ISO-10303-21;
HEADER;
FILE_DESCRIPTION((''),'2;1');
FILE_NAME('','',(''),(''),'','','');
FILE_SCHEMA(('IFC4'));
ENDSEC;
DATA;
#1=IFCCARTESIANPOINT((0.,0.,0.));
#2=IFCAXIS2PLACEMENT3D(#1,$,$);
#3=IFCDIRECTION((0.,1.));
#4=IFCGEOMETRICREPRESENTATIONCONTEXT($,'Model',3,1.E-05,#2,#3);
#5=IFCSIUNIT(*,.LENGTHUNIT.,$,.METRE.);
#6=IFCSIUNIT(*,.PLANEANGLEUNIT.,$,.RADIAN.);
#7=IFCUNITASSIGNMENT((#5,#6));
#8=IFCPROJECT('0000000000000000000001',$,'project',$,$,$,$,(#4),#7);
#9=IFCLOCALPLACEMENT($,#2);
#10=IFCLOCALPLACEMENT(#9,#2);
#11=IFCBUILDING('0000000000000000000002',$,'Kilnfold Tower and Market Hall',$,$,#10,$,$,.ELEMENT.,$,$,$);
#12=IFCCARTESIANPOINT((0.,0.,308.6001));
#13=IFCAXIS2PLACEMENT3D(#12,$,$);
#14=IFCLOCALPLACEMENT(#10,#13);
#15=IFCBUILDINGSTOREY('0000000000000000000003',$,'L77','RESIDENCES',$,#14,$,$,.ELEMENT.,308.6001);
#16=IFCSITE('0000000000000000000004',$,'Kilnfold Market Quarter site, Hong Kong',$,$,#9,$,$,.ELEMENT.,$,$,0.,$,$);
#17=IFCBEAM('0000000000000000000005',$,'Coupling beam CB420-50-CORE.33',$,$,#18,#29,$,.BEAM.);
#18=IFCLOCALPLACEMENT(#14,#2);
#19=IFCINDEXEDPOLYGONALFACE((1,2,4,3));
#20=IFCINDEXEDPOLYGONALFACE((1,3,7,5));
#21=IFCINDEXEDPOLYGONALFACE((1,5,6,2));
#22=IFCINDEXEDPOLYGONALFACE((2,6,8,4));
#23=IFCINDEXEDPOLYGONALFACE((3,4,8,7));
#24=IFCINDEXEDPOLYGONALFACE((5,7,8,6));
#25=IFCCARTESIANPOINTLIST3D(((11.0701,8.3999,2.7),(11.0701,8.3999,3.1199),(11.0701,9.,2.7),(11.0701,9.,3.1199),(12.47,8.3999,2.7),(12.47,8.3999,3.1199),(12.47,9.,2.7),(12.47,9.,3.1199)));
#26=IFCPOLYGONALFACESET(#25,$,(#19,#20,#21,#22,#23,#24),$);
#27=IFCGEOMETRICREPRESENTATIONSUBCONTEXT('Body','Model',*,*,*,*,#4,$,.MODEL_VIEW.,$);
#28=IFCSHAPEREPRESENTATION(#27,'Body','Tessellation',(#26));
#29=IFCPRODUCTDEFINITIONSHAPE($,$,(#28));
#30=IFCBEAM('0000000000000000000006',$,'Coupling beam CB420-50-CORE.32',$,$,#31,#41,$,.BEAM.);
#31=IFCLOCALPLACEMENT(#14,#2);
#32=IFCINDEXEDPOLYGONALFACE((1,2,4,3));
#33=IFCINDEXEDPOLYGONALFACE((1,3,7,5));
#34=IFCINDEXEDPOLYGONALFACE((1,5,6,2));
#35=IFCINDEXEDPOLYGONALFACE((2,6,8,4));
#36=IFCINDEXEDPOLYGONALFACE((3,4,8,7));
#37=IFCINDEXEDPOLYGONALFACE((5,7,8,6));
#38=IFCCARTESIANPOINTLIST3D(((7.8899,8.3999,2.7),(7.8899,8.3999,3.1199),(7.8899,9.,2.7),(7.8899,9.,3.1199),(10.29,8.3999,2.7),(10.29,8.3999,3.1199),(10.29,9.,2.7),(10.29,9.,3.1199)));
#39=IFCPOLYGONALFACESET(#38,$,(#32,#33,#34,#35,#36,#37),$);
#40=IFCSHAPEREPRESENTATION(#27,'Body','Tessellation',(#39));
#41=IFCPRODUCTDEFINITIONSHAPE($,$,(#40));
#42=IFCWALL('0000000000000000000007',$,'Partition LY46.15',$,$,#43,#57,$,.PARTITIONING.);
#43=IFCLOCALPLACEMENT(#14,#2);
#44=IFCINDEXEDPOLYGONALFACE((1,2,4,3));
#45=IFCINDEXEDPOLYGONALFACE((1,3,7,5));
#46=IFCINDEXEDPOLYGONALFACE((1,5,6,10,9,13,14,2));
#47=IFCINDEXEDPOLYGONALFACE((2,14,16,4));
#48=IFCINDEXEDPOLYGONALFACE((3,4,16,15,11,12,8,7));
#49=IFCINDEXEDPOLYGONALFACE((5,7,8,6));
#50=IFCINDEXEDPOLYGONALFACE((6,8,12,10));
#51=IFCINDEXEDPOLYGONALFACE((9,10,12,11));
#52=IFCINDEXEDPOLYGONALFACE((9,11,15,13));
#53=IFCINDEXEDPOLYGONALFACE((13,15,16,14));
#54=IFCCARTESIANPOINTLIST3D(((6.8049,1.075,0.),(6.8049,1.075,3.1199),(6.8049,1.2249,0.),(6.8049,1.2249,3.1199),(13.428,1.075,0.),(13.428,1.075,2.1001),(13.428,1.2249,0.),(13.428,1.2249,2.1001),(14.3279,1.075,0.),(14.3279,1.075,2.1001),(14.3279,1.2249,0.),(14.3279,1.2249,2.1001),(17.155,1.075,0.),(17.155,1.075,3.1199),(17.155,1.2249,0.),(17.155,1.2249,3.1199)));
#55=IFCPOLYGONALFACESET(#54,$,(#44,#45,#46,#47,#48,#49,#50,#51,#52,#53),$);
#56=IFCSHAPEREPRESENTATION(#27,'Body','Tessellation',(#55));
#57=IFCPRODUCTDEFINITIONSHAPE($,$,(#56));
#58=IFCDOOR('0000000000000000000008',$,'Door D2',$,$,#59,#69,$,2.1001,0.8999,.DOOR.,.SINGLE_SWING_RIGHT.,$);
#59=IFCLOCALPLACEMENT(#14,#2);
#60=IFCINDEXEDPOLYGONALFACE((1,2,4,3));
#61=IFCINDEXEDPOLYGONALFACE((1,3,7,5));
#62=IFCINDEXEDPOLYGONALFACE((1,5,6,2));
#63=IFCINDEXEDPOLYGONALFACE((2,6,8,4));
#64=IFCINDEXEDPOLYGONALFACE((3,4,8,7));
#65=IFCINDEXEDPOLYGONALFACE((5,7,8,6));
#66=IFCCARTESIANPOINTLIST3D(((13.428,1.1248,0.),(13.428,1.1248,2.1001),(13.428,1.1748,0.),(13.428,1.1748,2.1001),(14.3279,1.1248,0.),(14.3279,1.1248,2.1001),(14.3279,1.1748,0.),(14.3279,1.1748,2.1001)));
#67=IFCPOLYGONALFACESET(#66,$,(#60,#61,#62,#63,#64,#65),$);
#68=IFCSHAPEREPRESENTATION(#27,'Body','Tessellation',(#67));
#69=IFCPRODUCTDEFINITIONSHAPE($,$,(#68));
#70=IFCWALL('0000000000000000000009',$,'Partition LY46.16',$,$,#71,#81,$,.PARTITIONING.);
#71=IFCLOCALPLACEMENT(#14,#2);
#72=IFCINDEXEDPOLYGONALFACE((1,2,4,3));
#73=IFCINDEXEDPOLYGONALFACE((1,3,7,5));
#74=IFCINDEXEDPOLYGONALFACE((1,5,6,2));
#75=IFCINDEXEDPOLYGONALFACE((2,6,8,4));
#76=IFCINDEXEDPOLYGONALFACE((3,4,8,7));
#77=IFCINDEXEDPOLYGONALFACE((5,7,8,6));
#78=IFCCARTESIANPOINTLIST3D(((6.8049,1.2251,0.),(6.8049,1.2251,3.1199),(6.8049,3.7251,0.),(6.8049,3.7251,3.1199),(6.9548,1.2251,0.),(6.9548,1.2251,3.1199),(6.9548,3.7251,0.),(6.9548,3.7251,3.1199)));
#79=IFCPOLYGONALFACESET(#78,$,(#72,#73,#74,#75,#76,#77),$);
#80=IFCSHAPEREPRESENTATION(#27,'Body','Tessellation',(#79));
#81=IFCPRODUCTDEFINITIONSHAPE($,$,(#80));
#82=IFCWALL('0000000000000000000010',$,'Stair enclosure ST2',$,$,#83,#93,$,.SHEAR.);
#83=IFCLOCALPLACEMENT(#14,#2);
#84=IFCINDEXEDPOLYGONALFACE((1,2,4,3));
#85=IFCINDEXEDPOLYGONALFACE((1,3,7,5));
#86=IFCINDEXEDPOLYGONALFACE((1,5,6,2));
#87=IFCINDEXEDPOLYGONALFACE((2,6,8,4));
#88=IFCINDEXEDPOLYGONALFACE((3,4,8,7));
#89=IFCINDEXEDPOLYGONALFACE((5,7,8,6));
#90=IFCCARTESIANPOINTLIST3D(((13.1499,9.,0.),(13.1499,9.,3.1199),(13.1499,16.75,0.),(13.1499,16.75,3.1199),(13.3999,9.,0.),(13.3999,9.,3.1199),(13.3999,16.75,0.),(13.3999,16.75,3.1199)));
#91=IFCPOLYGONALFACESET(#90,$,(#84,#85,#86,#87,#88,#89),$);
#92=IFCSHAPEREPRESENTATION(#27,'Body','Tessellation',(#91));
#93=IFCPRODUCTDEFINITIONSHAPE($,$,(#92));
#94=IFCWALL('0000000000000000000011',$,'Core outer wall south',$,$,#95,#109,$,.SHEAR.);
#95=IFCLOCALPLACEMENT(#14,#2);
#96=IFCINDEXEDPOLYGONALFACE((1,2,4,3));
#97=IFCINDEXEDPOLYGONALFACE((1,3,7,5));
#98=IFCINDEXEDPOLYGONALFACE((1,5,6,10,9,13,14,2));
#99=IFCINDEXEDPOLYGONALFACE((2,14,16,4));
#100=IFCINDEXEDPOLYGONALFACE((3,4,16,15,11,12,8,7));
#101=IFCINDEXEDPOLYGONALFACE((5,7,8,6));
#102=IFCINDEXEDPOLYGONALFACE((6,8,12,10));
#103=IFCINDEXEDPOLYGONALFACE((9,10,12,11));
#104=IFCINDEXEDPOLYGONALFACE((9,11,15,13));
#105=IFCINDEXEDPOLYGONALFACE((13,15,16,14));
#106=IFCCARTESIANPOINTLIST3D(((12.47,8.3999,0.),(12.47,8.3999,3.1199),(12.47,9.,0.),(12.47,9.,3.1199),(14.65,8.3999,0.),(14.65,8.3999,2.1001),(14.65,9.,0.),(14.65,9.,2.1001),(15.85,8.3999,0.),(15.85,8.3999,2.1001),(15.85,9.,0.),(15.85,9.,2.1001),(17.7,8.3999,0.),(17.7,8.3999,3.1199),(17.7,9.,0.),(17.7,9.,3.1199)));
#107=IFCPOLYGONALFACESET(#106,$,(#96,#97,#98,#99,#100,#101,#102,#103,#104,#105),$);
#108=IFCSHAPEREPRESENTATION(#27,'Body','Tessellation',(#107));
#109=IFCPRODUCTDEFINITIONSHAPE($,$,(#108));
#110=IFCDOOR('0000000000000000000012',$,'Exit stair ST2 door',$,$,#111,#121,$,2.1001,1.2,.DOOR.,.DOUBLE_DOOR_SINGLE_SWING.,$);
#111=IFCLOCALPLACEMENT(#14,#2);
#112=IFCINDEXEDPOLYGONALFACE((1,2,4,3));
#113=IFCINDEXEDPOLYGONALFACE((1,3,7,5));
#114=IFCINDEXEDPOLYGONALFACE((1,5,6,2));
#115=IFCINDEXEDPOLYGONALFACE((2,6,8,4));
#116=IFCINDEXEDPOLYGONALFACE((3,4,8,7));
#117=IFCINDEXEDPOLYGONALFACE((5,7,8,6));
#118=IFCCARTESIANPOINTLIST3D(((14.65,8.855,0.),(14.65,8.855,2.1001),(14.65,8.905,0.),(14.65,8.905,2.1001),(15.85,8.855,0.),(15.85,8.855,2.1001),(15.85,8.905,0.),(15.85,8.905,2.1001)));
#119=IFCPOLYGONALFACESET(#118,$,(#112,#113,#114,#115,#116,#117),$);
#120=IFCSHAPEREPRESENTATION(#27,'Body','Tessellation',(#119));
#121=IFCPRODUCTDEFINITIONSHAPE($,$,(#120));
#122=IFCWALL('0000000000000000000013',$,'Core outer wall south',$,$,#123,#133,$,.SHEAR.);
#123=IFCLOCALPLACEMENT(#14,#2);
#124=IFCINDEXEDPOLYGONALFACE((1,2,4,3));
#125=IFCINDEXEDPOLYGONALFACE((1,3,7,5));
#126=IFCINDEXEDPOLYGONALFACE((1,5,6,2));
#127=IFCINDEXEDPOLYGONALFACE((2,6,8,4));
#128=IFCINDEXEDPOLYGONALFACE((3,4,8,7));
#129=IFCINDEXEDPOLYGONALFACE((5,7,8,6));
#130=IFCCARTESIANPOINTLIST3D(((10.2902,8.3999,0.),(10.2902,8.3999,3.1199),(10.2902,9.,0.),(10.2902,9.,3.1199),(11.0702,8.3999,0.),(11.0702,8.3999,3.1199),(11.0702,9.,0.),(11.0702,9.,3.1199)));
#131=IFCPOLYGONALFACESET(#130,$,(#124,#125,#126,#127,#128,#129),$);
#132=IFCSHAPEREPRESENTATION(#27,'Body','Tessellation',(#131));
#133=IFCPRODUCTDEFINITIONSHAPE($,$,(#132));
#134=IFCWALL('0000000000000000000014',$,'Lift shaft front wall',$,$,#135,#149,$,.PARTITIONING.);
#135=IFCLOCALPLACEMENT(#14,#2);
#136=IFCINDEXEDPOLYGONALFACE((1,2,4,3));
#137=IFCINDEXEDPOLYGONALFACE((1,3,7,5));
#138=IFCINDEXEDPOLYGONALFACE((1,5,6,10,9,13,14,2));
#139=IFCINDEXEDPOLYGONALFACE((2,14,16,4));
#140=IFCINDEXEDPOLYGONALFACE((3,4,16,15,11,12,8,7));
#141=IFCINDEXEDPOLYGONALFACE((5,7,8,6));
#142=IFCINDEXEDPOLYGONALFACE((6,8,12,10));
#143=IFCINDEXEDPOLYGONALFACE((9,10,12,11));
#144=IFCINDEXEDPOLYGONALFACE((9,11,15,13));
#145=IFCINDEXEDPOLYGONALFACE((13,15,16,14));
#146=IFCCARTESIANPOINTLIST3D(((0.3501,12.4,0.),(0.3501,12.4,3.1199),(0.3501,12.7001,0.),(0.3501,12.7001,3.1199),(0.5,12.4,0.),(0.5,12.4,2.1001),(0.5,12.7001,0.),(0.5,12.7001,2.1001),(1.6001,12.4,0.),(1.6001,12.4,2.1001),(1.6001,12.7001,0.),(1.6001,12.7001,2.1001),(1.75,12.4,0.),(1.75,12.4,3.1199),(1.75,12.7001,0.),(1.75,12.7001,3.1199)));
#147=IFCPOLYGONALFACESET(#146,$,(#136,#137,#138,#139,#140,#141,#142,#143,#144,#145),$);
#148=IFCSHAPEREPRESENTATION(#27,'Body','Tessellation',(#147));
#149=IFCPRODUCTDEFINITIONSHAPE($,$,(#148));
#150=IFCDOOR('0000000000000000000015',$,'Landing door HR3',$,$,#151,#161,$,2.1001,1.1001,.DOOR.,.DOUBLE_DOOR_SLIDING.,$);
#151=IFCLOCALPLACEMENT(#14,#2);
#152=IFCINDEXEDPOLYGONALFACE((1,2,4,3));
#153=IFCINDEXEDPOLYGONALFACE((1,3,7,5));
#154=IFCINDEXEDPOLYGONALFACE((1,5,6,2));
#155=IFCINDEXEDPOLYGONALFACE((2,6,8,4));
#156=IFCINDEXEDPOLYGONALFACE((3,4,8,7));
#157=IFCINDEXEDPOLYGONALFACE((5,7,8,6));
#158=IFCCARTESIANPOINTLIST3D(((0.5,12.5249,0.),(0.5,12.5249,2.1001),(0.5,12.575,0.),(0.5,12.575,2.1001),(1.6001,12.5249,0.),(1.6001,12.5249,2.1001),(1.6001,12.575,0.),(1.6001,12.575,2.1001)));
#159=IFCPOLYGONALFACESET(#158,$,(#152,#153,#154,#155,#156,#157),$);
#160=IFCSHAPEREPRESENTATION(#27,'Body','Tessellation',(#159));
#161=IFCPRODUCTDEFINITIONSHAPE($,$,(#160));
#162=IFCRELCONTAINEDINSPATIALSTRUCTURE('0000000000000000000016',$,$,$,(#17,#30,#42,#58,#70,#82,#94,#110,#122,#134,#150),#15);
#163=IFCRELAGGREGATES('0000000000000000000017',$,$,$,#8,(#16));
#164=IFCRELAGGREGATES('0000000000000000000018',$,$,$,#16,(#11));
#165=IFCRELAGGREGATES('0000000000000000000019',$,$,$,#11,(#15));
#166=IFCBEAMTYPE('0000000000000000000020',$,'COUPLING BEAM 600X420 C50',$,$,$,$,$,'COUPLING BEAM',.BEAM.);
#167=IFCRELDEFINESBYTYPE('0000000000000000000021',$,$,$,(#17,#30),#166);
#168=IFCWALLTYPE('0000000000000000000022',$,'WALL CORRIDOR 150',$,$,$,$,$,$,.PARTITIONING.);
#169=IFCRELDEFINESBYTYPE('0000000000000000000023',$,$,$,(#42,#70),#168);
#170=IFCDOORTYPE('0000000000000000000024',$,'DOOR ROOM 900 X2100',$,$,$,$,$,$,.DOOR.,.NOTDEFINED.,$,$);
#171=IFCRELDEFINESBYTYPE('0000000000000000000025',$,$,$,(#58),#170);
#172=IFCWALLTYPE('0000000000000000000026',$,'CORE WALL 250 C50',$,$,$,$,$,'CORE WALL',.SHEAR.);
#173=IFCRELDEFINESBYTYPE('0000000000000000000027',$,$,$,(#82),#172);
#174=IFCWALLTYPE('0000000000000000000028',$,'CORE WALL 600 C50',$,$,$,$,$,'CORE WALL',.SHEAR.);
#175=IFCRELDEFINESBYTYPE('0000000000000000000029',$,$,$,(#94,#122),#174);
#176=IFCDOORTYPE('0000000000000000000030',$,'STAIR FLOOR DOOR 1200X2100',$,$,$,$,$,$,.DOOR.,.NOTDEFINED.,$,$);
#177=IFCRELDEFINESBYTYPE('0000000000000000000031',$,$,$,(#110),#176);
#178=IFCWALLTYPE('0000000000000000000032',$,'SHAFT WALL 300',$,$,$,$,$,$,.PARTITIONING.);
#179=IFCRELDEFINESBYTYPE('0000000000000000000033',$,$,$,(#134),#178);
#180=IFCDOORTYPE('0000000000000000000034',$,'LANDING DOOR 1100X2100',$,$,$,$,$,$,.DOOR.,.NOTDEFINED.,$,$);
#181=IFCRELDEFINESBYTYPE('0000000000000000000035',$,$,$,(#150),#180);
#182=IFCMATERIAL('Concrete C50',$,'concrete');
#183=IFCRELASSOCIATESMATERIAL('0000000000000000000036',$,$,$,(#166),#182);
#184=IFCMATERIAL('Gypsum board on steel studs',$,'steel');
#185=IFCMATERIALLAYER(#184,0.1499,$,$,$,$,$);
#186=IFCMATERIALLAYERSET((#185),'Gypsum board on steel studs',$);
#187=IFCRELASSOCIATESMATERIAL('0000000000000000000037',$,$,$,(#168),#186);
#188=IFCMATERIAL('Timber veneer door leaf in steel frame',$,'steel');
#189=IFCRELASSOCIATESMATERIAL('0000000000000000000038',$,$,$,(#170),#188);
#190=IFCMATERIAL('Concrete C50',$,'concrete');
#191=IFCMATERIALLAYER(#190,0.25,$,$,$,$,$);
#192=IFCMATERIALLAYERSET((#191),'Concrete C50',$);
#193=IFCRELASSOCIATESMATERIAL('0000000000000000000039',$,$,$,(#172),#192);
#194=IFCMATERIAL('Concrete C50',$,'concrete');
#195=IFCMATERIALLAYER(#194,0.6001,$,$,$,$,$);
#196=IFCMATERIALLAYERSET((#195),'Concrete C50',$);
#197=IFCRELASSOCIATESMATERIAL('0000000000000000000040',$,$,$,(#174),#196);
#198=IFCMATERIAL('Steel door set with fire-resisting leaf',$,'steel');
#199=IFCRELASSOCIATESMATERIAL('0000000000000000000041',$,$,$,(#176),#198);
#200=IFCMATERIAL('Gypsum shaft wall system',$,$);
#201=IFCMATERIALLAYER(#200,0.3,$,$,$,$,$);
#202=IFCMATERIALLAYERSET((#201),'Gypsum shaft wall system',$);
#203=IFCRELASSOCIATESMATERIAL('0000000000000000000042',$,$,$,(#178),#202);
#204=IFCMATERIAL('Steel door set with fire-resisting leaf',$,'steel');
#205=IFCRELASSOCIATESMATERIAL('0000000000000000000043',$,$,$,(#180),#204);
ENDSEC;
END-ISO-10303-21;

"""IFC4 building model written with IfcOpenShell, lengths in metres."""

from ifc_helpers import new_model, si_unit, direction, frame, frame_2d, origin, origin_2d, place, context, subcontext, project, spatial, rectangle, extrude, source, transform, mapped, material, layer, layer_set, material_profile, profile_set, type_object, element, fill, save


model = new_model("IFC4")

# Units and contexts
model_context = context("Model", 3, precision=1e-05, world=origin(), true_north=direction((0.0, 1.0)))
body_context = subcontext(model_context, "Body", "Model", "MODEL_VIEW")
ifc_project = project(units=[si_unit("LENGTHUNIT", "METRE"), si_unit("PLANEANGLEUNIT", "RADIAN")], contexts=[model_context])

# Site, building, storey
site_placement = place(None, origin())
site = spatial("IfcSite", under=ifc_project, at=site_placement, Name="Kilnfold Market Quarter site, Hong Kong", CompositionType="ELEMENT", RefElevation=0.0)
building_placement = place(site_placement, origin())
building = spatial("IfcBuilding", under=site, at=building_placement, Name="Kilnfold Tower and Market Hall", CompositionType="ELEMENT")
storey_placement = place(building_placement, frame((0.0, 0.0, 308.6001)))
storey = spatial("IfcBuildingStorey", under=building, at=storey_placement, Name="L77", Description="RESIDENCES", CompositionType="ELEMENT", Elevation=308.6001)

# Beams
ifc_material_1 = material(Name="Concrete C50", Category="concrete")
ifc_material_profile = material_profile(ifc_material_1, rectangle(XDim=0.6001, YDim=0.4199, at=origin_2d()), Name="RC 600x420")
ifc_profile_set = profile_set([ifc_material_profile], Name="Concrete C50")
beam_type = type_object("IfcBeamType", Name="COUPLING BEAM 600X420 C50", ElementType="COUPLING BEAM", PredefinedType="BEAM", material=ifc_profile_set)
shared_shape_1 = source(origin(), body_context, "Body", "SweptSolid", [
    extrude(rectangle(XDim=0.6001, YDim=0.4199, at=origin_2d()), origin(), (0.0, 0.0, 1.0), 1.3999),
])
beam_1_placement = place(storey_placement, frame((11.0701, 8.7, 2.9099), z_axis=(1.0, 0.0, 0.0), x_axis=(0.0, 1.0, 0.0)))
element("IfcBeam", 1, at=beam_1_placement, inside=storey, type_object=beam_type, Name="Coupling beam CB420-50-CORE.33", PredefinedType="BEAM", context=body_context, shape_type="MappedRepresentation", body=[
    mapped(shared_shape_1, transform((0.0, 0.0, 0.0))),
])
shared_shape_2 = source(origin(), body_context, "Body", "SweptSolid", [
    extrude(rectangle(XDim=0.6001, YDim=0.4199, at=origin_2d()), origin(), (0.0, 0.0, 1.0), 2.4001),
])
beam_2_placement = place(storey_placement, frame((7.8899, 8.7, 2.9099), z_axis=(1.0, 0.0, 0.0), x_axis=(0.0, 1.0, 0.0)))
element("IfcBeam", 2, at=beam_2_placement, inside=storey, type_object=beam_type, Name="Coupling beam CB420-50-CORE.32", PredefinedType="BEAM", context=body_context, shape_type="MappedRepresentation", body=[
    mapped(shared_shape_2, transform((0.0, 0.0, 0.0))),
])

# Wall, opening, door
ifc_material_2 = material(Name="Gypsum board on steel studs", Category="steel")
ifc_layer_1 = layer(ifc_material_2, 0.1499)
ifc_layer_set_1 = layer_set([ifc_layer_1], Name="Gypsum board on steel studs")
wall_type_1 = type_object("IfcWallType", Name="WALL CORRIDOR 150", PredefinedType="PARTITIONING", material=ifc_layer_set_1)
wall_1_placement = place(storey_placement, frame((6.8049, 1.1499, 0.0), z_axis=(0.0, 0.0, 1.0), x_axis=(1.0, 0.0, 0.0)))
wall_1 = element("IfcWall", 3, at=wall_1_placement, inside=storey, type_object=wall_type_1, Name="Partition LY46.15", PredefinedType="PARTITIONING", context=body_context, shape_type="SweptSolid", body=[
    extrude(rectangle(XDim=10.3501, YDim=0.1499, at=frame_2d((5.175, 0.0))), origin(), (0.0, 0.0, 1.0), 3.1199),
])
opening_1_placement = place(wall_1_placement, frame((6.623, 0.0, 0.0)))
opening_1 = element("IfcOpeningElement", 4, at=opening_1_placement, cuts=wall_1, PredefinedType="OPENING", context=body_context, shape_type="SweptSolid", body=[
    extrude(rectangle(XDim=0.8999, YDim=2.1001, at=frame_2d((0.45, 1.05))), frame((0.0, 0.085, 0.0), z_axis=(0.0, -1.0, 0.0), x_axis=(1.0, 0.0, 0.0)), (0.0, 0.0, 1.0), 0.1699),
])
ifc_material_3 = material(Name="Timber veneer door leaf in steel frame", Category="steel")
door_type_1 = type_object("IfcDoorType", Name="DOOR ROOM 900 X2100", OperationType="NOTDEFINED", PredefinedType="DOOR", material=ifc_material_3)
door_1_placement = place(opening_1_placement, origin())
door_1 = element("IfcDoor", 5, at=door_1_placement, inside=storey, type_object=door_type_1, Name="Door D2", OperationType="SINGLE_SWING_RIGHT", OverallHeight=2.1001, OverallWidth=0.8999, PredefinedType="DOOR", context=body_context, shape_type="SweptSolid", body=[
    extrude(rectangle(XDim=0.8999, YDim=2.1001, at=frame_2d((0.45, 1.05))), frame((0.0, 0.0249, 0.0), z_axis=(0.0, -1.0, 0.0), x_axis=(1.0, 0.0, 0.0)), (0.0, 0.0, 1.0), 0.05),
])
fill(opening_1, door_1)

# Walls
wall_2_placement = place(storey_placement, frame((6.8799, 3.7251, 0.0), z_axis=(0.0, 0.0, 1.0), x_axis=(0.0, -1.0, 0.0)))
element("IfcWall", 6, at=wall_2_placement, inside=storey, type_object=wall_type_1, Name="Partition LY46.16", PredefinedType="PARTITIONING", context=body_context, shape_type="SweptSolid", body=[
    extrude(rectangle(XDim=2.5, YDim=0.1499, at=frame_2d((1.25, 0.0))), origin(), (0.0, 0.0, 1.0), 3.1199),
])
ifc_material_4 = material(Name="Concrete C50", Category="concrete")
ifc_layer_2 = layer(ifc_material_4, 0.25)
ifc_layer_set_2 = layer_set([ifc_layer_2], Name="Concrete C50")
wall_type_2 = type_object("IfcWallType", Name="CORE WALL 250 C50", ElementType="CORE WALL", PredefinedType="SHEAR", material=ifc_layer_set_2)
shared_shape_3 = source(origin(), body_context, "Body", "SweptSolid", [
    extrude(rectangle(XDim=7.75, YDim=0.25, at=frame_2d((3.875, 0.0))), origin(), (0.0, 0.0, 1.0), 3.1199),
])
wall_3_placement = place(storey_placement, frame((13.2749, 9.0, 0.0), z_axis=(0.0, 0.0, 1.0), x_axis=(0.0, 1.0, 0.0)))
element("IfcWall", 7, at=wall_3_placement, inside=storey, type_object=wall_type_2, Name="Stair enclosure ST2", PredefinedType="SHEAR", context=body_context, shape_type="MappedRepresentation", body=[
    mapped(shared_shape_3, transform((0.0, 0.0, 0.0))),
])

# Wall, opening, door
ifc_material_5 = material(Name="Concrete C50", Category="concrete")
ifc_layer_3 = layer(ifc_material_5, 0.6001)
ifc_layer_set_3 = layer_set([ifc_layer_3], Name="Concrete C50")
wall_type_3 = type_object("IfcWallType", Name="CORE WALL 600 C50", ElementType="CORE WALL", PredefinedType="SHEAR", material=ifc_layer_set_3)
shared_shape_4 = source(origin(), body_context, "Body", "SweptSolid", [
    extrude(rectangle(XDim=5.23, YDim=0.6001, at=frame_2d((2.615, 0.0))), origin(), (0.0, 0.0, 1.0), 3.1199),
])
wall_4_placement = place(storey_placement, frame((12.47, 8.7, 0.0), z_axis=(0.0, 0.0, 1.0), x_axis=(1.0, 0.0, 0.0)))
wall_4 = element("IfcWall", 8, at=wall_4_placement, inside=storey, type_object=wall_type_3, Name="Core outer wall south", PredefinedType="SHEAR", context=body_context, shape_type="MappedRepresentation", body=[
    mapped(shared_shape_4, transform((0.0, 0.0, 0.0))),
])
opening_2_placement = place(wall_4_placement, frame((2.1799, 0.0, 0.0)))
opening_2 = element("IfcOpeningElement", 9, at=opening_2_placement, cuts=wall_4, PredefinedType="OPENING", context=body_context, shape_type="SweptSolid", body=[
    extrude(rectangle(XDim=1.2, YDim=2.1001, at=frame_2d((0.6001, 1.05))), frame((0.0, 0.3101, 0.0), z_axis=(0.0, -1.0, 0.0), x_axis=(1.0, 0.0, 0.0)), (0.0, 0.0, 1.0), 0.6201),
])
ifc_material_6 = material(Name="Steel door set with fire-resisting leaf", Category="steel")
door_type_2 = type_object("IfcDoorType", Name="STAIR FLOOR DOOR 1200X2100", OperationType="NOTDEFINED", PredefinedType="DOOR", material=ifc_material_6)
door_2_placement = place(opening_2_placement, origin())
door_2 = element("IfcDoor", 10, at=door_2_placement, inside=storey, type_object=door_type_2, Name="Exit stair ST2 door", OperationType="DOUBLE_DOOR_SINGLE_SWING", OverallHeight=2.1001, OverallWidth=1.2, PredefinedType="DOOR", context=body_context, shape_type="SweptSolid", body=[
    extrude(rectangle(XDim=1.2, YDim=2.1001, at=frame_2d((0.6001, 1.05))), frame((0.0, 0.2051, 0.0), z_axis=(0.0, -1.0, 0.0), x_axis=(1.0, 0.0, 0.0)), (0.0, 0.0, 1.0), 0.05),
])
fill(opening_2, door_2)

# Wall
shared_shape_5 = source(origin(), body_context, "Body", "SweptSolid", [
    extrude(rectangle(XDim=0.78, YDim=0.6001, at=frame_2d((0.3901, 0.0))), origin(), (0.0, 0.0, 1.0), 3.1199),
])
wall_5_placement = place(storey_placement, frame((10.29, 8.7, 0.0), z_axis=(0.0, 0.0, 1.0), x_axis=(1.0, 0.0, 0.0)))
element("IfcWall", 11, at=wall_5_placement, inside=storey, type_object=wall_type_3, Name="Core outer wall south", PredefinedType="SHEAR", context=body_context, shape_type="MappedRepresentation", body=[
    mapped(shared_shape_5, transform((0.0, 0.0, 0.0))),
])

# Wall, opening, door
ifc_material_7 = material(Name="Gypsum shaft wall system")
ifc_layer_4 = layer(ifc_material_7, 0.3)
ifc_layer_set_4 = layer_set([ifc_layer_4], Name="Gypsum shaft wall system")
wall_type_4 = type_object("IfcWallType", Name="SHAFT WALL 300", PredefinedType="PARTITIONING", material=ifc_layer_set_4)
shared_shape_6 = source(origin(), body_context, "Body", "SweptSolid", [
    extrude(rectangle(XDim=1.3999, YDim=0.3, at=frame_2d((0.7, 0.0))), origin(), (0.0, 0.0, 1.0), 3.1199),
])
wall_6_placement = place(storey_placement, frame((0.3501, 12.55, 0.0), z_axis=(0.0, 0.0, 1.0), x_axis=(1.0, 0.0, 0.0)))
wall_6 = element("IfcWall", 12, at=wall_6_placement, inside=storey, type_object=wall_type_4, Name="Lift shaft front wall", PredefinedType="PARTITIONING", context=body_context, shape_type="MappedRepresentation", body=[
    mapped(shared_shape_6, transform((0.0, 0.0, 0.0))),
])
opening_3_placement = place(wall_6_placement, frame((0.1499, 0.0, 0.0)))
opening_3 = element("IfcOpeningElement", 13, at=opening_3_placement, cuts=wall_6, PredefinedType="OPENING", context=body_context, shape_type="SweptSolid", body=[
    extrude(rectangle(XDim=1.1001, YDim=2.1001, at=frame_2d((0.55, 1.05))), frame((0.0, 0.1602, 0.0), z_axis=(0.0, -1.0, 0.0), x_axis=(1.0, 0.0, 0.0)), (0.0, 0.0, 1.0), 0.3201),
])
ifc_material_8 = material(Name="Steel door set with fire-resisting leaf", Category="steel")
door_type_3 = type_object("IfcDoorType", Name="LANDING DOOR 1100X2100", OperationType="NOTDEFINED", PredefinedType="DOOR", material=ifc_material_8)
door_3_placement = place(opening_3_placement, origin())
door_3 = element("IfcDoor", 14, at=door_3_placement, inside=storey, type_object=door_type_3, Name="Landing door HR3", OperationType="DOUBLE_DOOR_SLIDING", OverallHeight=2.1001, OverallWidth=1.1001, PredefinedType="DOOR", context=body_context, shape_type="SweptSolid", body=[
    extrude(rectangle(XDim=1.1001, YDim=2.1001, at=frame_2d((0.55, 1.05))), frame((0.0, 0.0249, 0.0), z_axis=(0.0, -1.0, 0.0), x_axis=(1.0, 0.0, 0.0)), (0.0, 0.0, 1.0), 0.05),
])
fill(opening_3, door_3)

save(model, "model.ifc")
